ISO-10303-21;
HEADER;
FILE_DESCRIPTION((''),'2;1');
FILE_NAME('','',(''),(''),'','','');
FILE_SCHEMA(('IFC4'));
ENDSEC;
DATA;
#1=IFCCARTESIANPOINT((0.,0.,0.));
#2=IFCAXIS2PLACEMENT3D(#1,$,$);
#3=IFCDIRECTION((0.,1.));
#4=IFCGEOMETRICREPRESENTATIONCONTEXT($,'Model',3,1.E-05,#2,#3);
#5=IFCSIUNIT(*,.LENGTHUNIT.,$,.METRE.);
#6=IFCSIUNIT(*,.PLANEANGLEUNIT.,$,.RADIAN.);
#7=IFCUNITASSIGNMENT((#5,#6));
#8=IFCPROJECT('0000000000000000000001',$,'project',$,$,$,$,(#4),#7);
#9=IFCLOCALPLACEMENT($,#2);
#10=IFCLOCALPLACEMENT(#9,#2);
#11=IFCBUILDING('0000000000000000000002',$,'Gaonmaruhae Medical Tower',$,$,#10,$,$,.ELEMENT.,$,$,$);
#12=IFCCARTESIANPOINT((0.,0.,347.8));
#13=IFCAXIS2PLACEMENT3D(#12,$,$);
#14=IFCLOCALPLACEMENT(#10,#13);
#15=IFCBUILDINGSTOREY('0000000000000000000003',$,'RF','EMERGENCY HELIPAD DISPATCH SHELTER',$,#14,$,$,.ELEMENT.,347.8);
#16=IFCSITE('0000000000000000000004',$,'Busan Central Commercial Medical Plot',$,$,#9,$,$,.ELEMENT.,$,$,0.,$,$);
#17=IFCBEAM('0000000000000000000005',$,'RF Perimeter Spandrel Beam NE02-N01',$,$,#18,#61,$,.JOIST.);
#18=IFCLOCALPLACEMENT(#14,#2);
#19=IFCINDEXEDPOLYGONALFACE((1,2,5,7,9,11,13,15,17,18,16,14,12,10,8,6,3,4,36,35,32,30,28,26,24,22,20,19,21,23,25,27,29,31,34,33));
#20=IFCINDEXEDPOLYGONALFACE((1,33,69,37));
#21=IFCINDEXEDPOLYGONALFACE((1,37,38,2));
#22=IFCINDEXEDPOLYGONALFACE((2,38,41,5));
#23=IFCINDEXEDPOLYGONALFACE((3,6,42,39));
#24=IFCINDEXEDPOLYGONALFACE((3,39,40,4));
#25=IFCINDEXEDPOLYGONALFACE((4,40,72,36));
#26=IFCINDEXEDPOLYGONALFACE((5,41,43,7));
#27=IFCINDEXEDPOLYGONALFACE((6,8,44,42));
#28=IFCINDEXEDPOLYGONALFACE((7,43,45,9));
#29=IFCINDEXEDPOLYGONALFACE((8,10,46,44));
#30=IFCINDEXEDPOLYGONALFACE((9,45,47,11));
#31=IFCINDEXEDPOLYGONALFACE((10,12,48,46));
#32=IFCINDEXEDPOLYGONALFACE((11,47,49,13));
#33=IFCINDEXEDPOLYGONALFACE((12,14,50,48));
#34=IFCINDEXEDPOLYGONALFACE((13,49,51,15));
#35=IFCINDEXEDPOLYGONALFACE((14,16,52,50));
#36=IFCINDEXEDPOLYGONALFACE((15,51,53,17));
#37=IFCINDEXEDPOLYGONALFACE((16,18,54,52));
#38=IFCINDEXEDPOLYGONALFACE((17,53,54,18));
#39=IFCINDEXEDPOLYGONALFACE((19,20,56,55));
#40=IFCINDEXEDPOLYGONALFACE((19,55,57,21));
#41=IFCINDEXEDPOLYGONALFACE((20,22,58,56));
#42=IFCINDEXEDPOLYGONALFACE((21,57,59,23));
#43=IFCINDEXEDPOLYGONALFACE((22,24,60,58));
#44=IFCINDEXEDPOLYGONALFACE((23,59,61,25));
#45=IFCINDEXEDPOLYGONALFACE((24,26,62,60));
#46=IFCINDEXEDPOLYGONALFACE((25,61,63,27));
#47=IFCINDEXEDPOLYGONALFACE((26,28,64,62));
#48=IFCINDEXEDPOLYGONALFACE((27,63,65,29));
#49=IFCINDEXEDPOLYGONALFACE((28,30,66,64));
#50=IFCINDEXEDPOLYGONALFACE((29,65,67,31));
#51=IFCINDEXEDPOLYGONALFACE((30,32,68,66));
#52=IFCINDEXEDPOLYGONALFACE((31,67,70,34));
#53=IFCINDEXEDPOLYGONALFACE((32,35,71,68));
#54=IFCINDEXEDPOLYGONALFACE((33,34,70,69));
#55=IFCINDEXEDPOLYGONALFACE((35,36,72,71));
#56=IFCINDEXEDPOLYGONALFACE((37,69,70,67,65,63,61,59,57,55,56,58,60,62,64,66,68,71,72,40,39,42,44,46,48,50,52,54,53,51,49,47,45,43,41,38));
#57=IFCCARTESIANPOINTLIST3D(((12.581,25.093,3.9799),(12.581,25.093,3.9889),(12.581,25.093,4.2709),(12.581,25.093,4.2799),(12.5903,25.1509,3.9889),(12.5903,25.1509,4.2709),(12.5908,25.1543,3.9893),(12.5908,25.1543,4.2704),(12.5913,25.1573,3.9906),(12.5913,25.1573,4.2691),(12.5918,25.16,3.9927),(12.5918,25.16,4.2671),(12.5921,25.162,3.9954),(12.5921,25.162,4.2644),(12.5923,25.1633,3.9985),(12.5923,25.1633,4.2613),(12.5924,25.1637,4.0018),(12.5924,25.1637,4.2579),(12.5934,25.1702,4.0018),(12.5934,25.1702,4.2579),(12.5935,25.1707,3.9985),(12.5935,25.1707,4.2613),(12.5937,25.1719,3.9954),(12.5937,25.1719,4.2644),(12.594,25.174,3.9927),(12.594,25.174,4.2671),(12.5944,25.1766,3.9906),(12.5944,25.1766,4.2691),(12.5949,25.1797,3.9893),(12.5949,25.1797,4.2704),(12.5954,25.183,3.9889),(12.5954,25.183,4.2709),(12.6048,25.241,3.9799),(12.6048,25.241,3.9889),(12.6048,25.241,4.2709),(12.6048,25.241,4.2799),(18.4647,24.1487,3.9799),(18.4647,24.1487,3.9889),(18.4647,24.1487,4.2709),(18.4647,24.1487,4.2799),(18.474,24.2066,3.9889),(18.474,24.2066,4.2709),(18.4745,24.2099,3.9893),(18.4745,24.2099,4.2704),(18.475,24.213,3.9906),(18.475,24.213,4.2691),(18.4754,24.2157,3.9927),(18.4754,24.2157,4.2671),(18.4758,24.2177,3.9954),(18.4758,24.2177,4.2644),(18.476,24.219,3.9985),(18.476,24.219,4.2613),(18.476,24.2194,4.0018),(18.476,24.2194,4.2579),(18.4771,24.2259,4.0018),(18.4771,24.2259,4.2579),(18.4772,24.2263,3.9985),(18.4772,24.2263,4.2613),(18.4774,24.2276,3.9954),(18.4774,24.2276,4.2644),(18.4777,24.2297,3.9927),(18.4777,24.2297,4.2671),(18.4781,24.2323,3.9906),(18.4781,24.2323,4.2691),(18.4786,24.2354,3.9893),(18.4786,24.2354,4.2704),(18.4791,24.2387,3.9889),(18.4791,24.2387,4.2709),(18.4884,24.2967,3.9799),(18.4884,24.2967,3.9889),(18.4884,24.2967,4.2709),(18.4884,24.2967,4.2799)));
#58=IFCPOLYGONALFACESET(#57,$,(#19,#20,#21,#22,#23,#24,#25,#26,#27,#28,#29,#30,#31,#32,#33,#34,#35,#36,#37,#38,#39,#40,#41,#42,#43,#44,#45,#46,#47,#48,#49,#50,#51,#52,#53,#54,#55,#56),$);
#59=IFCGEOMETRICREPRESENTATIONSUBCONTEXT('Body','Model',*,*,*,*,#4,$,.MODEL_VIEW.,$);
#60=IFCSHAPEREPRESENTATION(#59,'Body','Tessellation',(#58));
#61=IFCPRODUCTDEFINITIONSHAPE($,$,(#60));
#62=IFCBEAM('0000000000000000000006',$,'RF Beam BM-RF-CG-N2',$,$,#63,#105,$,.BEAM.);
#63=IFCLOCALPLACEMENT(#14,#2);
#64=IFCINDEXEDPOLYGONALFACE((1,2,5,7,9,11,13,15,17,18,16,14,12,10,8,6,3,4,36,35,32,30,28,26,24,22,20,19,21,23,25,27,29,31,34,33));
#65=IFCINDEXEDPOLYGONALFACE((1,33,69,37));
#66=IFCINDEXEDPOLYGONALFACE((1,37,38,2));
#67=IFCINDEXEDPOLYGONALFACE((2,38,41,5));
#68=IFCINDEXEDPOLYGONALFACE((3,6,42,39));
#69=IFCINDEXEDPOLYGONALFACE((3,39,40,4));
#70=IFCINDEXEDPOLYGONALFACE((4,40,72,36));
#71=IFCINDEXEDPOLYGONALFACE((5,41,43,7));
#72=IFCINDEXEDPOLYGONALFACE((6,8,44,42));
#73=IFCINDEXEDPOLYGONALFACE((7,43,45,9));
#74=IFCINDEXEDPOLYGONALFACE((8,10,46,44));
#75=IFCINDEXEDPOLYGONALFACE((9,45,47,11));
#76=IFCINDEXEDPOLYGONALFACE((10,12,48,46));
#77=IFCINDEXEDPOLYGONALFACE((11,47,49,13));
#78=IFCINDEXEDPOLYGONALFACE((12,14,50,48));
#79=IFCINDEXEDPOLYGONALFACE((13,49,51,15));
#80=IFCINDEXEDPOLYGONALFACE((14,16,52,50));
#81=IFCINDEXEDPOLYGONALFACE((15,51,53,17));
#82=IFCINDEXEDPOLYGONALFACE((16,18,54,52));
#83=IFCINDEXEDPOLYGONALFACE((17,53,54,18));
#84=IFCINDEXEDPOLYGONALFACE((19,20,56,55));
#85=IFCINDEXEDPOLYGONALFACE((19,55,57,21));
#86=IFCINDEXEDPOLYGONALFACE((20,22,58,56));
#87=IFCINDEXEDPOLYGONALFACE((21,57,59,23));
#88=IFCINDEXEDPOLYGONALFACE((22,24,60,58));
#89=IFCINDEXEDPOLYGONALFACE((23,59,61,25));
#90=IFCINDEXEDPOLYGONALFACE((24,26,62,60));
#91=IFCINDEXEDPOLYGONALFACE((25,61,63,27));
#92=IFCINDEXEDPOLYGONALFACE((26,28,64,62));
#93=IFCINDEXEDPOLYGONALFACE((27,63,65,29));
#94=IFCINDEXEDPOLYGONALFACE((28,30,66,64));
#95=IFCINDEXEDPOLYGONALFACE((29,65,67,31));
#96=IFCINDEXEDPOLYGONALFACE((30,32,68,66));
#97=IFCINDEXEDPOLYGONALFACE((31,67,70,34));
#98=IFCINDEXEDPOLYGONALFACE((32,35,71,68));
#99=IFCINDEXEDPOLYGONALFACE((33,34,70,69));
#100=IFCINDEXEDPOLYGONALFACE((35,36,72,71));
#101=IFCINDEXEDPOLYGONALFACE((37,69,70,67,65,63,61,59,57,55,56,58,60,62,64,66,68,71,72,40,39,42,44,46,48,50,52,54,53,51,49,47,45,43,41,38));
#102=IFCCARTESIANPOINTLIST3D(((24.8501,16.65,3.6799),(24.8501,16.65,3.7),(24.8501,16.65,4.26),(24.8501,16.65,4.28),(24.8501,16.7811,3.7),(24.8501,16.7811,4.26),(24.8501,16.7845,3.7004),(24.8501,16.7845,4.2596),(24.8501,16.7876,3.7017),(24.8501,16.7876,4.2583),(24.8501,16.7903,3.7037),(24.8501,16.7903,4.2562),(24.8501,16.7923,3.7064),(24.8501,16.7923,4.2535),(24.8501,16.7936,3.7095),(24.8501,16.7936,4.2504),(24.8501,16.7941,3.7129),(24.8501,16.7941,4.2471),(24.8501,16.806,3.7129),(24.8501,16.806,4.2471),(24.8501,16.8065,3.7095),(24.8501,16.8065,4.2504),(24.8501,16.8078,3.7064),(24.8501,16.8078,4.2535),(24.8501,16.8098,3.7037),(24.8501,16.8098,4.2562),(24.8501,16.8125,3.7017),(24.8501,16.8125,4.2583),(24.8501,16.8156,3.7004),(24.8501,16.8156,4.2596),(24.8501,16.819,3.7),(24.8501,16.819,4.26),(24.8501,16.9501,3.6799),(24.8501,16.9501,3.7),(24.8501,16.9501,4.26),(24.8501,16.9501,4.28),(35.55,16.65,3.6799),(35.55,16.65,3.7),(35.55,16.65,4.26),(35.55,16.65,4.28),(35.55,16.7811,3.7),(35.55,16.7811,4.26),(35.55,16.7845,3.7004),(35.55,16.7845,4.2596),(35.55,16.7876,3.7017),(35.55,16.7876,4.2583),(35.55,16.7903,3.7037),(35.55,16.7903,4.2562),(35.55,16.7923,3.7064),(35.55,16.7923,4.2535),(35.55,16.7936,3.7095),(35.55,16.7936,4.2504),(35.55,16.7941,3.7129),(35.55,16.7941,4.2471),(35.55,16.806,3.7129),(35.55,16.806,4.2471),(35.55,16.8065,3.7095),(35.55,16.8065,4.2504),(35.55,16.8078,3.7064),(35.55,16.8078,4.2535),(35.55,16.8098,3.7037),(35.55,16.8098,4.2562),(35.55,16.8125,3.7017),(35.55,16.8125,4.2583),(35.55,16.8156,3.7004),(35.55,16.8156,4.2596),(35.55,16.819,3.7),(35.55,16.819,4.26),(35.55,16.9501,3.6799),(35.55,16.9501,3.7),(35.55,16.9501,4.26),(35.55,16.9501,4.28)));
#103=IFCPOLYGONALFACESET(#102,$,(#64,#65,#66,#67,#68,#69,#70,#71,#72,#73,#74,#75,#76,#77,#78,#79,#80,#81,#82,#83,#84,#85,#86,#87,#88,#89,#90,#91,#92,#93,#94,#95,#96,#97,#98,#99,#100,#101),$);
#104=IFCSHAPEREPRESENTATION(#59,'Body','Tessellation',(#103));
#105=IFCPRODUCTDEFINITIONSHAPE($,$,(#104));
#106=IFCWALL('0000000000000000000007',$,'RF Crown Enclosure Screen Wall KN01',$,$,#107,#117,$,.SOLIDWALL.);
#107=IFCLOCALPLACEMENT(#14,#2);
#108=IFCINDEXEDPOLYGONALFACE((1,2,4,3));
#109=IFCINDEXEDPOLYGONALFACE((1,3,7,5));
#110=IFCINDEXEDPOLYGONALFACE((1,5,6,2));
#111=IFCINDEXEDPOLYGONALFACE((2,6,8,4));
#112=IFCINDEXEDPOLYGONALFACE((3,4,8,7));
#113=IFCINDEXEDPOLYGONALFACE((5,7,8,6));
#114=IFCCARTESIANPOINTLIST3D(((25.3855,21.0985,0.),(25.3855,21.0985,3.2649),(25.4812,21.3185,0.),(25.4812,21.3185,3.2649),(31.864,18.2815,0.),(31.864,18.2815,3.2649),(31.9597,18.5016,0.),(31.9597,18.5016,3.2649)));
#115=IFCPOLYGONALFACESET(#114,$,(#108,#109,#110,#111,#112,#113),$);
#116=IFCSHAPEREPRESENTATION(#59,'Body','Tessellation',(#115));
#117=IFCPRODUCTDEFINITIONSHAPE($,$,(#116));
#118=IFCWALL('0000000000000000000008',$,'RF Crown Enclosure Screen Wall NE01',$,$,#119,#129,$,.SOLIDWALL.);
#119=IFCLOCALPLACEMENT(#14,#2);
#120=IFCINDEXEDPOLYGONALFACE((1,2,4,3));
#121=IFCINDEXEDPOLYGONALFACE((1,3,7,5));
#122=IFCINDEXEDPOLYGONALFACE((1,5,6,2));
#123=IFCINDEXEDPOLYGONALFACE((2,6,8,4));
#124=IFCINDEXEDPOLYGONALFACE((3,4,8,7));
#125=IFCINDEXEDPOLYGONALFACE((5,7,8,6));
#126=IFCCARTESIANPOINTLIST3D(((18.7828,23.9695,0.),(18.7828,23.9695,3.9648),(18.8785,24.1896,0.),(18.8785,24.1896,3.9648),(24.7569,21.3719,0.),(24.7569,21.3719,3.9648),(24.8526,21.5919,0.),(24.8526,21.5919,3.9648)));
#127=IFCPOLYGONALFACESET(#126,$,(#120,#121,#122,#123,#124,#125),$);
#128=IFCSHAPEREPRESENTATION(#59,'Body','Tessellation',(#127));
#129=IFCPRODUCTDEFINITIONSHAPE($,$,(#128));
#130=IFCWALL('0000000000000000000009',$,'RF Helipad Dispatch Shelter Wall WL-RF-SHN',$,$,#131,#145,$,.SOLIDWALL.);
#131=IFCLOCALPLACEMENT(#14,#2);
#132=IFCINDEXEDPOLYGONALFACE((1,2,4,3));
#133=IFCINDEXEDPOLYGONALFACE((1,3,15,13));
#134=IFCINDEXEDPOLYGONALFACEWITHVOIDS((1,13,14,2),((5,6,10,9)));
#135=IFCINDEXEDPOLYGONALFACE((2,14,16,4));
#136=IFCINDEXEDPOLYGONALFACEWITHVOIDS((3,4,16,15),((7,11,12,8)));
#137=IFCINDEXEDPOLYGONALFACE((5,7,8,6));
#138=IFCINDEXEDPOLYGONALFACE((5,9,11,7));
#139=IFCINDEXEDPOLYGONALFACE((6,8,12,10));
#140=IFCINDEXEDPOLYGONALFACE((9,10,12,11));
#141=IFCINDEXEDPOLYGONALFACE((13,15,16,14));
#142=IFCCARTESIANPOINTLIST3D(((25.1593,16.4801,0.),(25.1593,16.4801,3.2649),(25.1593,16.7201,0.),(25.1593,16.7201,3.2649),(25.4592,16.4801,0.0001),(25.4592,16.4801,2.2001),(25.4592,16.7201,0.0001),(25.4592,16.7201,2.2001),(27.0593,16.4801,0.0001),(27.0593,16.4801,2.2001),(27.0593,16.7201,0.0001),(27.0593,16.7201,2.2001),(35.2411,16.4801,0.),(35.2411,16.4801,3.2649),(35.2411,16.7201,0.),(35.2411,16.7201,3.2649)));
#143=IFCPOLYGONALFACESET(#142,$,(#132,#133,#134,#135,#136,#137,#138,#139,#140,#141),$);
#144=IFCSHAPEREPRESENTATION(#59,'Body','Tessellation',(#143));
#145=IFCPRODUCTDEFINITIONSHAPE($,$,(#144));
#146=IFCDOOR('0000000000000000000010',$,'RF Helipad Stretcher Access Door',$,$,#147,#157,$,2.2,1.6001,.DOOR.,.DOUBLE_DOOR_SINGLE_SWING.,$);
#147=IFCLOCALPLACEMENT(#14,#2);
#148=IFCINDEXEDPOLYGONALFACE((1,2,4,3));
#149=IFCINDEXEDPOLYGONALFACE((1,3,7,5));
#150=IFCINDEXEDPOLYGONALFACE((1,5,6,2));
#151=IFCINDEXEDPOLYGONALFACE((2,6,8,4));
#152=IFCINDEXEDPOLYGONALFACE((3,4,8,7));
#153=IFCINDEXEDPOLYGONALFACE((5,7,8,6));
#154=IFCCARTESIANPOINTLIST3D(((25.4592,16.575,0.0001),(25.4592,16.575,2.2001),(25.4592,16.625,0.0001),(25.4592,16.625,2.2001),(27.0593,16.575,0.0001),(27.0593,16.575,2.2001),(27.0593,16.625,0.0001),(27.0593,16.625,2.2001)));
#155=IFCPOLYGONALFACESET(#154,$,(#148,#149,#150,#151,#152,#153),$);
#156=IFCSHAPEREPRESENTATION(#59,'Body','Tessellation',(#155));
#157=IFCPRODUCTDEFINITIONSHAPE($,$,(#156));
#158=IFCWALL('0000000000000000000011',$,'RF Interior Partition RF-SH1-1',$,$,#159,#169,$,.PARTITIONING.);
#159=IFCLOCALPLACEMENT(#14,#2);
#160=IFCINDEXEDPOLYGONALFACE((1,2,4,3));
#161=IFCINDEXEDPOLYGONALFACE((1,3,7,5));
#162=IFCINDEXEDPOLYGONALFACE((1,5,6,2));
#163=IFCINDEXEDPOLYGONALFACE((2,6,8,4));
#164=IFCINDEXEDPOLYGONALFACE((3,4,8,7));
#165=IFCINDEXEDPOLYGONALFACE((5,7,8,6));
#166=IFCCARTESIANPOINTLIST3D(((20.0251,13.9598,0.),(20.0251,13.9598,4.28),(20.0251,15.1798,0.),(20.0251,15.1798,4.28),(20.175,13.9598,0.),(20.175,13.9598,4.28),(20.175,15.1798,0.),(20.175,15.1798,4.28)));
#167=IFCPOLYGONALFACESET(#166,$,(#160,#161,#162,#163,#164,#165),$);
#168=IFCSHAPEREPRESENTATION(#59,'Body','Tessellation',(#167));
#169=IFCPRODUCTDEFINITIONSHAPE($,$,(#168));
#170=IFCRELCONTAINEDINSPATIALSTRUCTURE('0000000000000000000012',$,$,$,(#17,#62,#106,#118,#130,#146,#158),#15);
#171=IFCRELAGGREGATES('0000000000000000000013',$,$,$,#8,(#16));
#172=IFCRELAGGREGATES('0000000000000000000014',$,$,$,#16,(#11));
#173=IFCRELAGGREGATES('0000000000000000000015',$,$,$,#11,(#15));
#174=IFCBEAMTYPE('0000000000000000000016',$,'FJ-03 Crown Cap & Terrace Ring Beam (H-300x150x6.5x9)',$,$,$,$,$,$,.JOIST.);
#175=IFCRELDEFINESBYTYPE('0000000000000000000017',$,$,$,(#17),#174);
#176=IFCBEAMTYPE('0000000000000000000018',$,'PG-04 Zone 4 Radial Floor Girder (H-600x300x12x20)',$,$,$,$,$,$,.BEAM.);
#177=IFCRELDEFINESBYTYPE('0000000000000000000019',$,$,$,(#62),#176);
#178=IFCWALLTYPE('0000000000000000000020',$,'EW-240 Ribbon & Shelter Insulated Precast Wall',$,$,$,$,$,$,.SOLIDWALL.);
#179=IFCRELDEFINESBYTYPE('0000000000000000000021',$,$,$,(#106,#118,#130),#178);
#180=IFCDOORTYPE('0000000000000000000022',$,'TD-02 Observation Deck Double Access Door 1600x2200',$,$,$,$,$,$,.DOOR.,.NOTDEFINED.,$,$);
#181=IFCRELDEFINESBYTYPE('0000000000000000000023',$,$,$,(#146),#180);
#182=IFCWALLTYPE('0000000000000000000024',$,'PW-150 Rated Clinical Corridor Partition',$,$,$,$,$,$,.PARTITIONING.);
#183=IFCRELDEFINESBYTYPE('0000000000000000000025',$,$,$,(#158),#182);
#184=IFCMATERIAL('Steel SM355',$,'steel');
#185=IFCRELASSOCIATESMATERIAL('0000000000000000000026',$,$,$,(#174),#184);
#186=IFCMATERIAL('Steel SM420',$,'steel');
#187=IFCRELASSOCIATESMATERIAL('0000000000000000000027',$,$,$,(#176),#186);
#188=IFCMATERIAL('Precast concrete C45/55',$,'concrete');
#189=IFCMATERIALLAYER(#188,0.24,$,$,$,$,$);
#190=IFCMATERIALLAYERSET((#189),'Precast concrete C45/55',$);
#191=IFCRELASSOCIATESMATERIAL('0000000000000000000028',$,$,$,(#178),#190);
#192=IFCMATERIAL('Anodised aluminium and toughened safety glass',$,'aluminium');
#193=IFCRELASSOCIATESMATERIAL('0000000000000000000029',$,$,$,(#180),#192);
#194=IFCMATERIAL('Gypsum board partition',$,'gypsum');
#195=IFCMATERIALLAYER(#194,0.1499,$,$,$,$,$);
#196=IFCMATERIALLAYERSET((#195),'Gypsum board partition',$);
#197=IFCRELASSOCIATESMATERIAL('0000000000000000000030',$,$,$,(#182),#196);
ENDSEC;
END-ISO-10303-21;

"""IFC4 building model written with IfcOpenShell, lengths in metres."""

from ifc_helpers import new_model, si_unit, direction, frame, frame_2d, origin, origin_2d, place, context, subcontext, project, spatial, rectangle, i_section, extrude, material, layer, layer_set, material_profile, profile_set, type_object, element, fill, save


model = new_model("IFC4")

# Units and contexts
model_context = context("Model", 3, precision=1e-05, world=origin(), true_north=direction((0.0, 1.0)))
body_context = subcontext(model_context, "Body", "Model", "MODEL_VIEW")
ifc_project = project(units=[si_unit("LENGTHUNIT", "METRE"), si_unit("PLANEANGLEUNIT", "RADIAN")], contexts=[model_context])

# Site, building, storey
site_placement = place(None, origin())
site = spatial("IfcSite", under=ifc_project, at=site_placement, Name="Busan Central Commercial Medical Plot", CompositionType="ELEMENT", RefElevation=0.0)
building_placement = place(site_placement, origin())
building = spatial("IfcBuilding", under=site, at=building_placement, Name="Gaonmaruhae Medical Tower", CompositionType="ELEMENT")
storey_placement = place(building_placement, frame((0.0, 0.0, 347.8)))
storey = spatial("IfcBuildingStorey", under=building, at=storey_placement, Name="RF", Description="EMERGENCY HELIPAD DISPATCH SHELTER", CompositionType="ELEMENT", Elevation=347.8)

# Shared definitions
ifc_material_1 = material(Name="Steel SM420", Category="steel")

# Beams
ifc_material_2 = material(Name="Steel SM355", Category="steel")
ifc_material_profile_1 = material_profile(ifc_material_2, i_section(OverallWidth=0.1499, OverallDepth=0.3, WebThickness=0.0066, FlangeThickness=0.009, FilletRadius=0.0129, at=origin_2d()), Name="H-300x150x6.5x9")
ifc_profile_set_1 = profile_set([ifc_material_profile_1], Name="Steel SM355")
beam_type_1 = type_object("IfcBeamType", Name="FJ-03 Crown Cap & Terrace Ring Beam (H-300x150x6.5x9)", PredefinedType="JOIST", material=ifc_profile_set_1)
beam_1_placement = place(storey_placement, frame((18.4766, 24.2227, 4.1299), z_axis=(-0.987364, 0.15847, 0.0), x_axis=(-0.15847, -0.987364, 0.0)))
element("IfcBeam", 1, at=beam_1_placement, inside=storey, type_object=beam_type_1, Name="RF Perimeter Spandrel Beam NE02-N01", PredefinedType="JOIST", context=body_context, shape_type="SweptSolid", body=[
    extrude(i_section(OverallWidth=0.1499, OverallDepth=0.3, WebThickness=0.0066, FlangeThickness=0.009, FilletRadius=0.0129, at=origin_2d()), origin(), (0.0, 0.0, 1.0), 5.959),
])
ifc_material_profile_2 = material_profile(ifc_material_1, i_section(OverallWidth=0.3, OverallDepth=0.6001, WebThickness=0.012, FlangeThickness=0.02, FilletRadius=0.0129, at=origin_2d()), Name="H-600x300x12x20")
ifc_profile_set_2 = profile_set([ifc_material_profile_2], Name="Steel SM420")
beam_type_2 = type_object("IfcBeamType", Name="PG-04 Zone 4 Radial Floor Girder (H-600x300x12x20)", PredefinedType="BEAM", material=ifc_profile_set_2)
beam_2_placement = place(storey_placement, frame((24.8501, 16.8, 3.98), z_axis=(1.0, 0.0, 0.0), x_axis=(0.0, 1.0, 0.0)))
element("IfcBeam", 2, at=beam_2_placement, inside=storey, type_object=beam_type_2, Name="RF Beam BM-RF-CG-N2", PredefinedType="BEAM", context=body_context, shape_type="SweptSolid", body=[
    extrude(i_section(OverallWidth=0.3, OverallDepth=0.6001, WebThickness=0.012, FlangeThickness=0.02, FilletRadius=0.0129, at=origin_2d()), origin(), (0.0, 0.0, 1.0), 10.7),
])

# Walls
ifc_material_3 = material(Name="Precast concrete C45/55", Category="concrete")
ifc_layer_1 = layer(ifc_material_3, 0.24)
ifc_layer_set_1 = layer_set([ifc_layer_1], Name="Precast concrete C45/55")
wall_type_1 = type_object("IfcWallType", Name="EW-240 Ribbon & Shelter Insulated Precast Wall", PredefinedType="SOLIDWALL", material=ifc_layer_set_1)
wall_1_placement = place(storey_placement, frame((25.4333, 21.2085, 0.0), z_axis=(0.0, 0.0, 1.0), x_axis=(0.917062, -0.398744, 0.0)))
element("IfcWall", 3, at=wall_1_placement, inside=storey, type_object=wall_type_1, Name="RF Crown Enclosure Screen Wall KN01", PredefinedType="SOLIDWALL", context=body_context, shape_type="SweptSolid", body=[
    extrude(rectangle(XDim=7.0645, YDim=0.24, at=frame_2d((3.5322, 0.0))), origin(), (0.0, 0.0, 1.0), 3.2649),
])
wall_2_placement = place(storey_placement, frame((18.8306, 24.0796, 0.0), z_axis=(0.0, 0.0, 1.0), x_axis=(0.917058, -0.398754, 0.0)))
element("IfcWall", 4, at=wall_2_placement, inside=storey, type_object=wall_type_1, Name="RF Crown Enclosure Screen Wall NE01", PredefinedType="SOLIDWALL", context=body_context, shape_type="SweptSolid", body=[
    extrude(rectangle(XDim=6.5144, YDim=0.24, at=frame_2d((3.2573, 0.0))), origin(), (0.0, 0.0, 1.0), 3.9648),
])

# Wall, opening, door
wall_3_placement = place(storey_placement, frame((25.1592, 16.6001, 0.0), z_axis=(0.0, 0.0, 1.0), x_axis=(1.0, 0.0, 0.0)))
wall_3 = element("IfcWall", 5, at=wall_3_placement, inside=storey, type_object=wall_type_1, Name="RF Helipad Dispatch Shelter Wall WL-RF-SHN", PredefinedType="SOLIDWALL", context=body_context, shape_type="SweptSolid", body=[
    extrude(rectangle(XDim=10.0818, YDim=0.24, at=frame_2d((5.041, 0.0))), origin(), (0.0, 0.0, 1.0), 3.2649),
])
opening_1_placement = place(wall_3_placement, frame((0.3, 0.0, 0.0)))
opening_1 = element("IfcOpeningElement", 6, at=opening_1_placement, cuts=wall_3, PredefinedType="OPENING", context=body_context, shape_type="SweptSolid", body=[
    extrude(rectangle(XDim=1.6001, YDim=2.2, at=frame_2d((0.8, 1.1001))), frame((0.0, 0.1299, 0.0), z_axis=(0.0, -1.0, 0.0), x_axis=(1.0, 0.0, 0.0)), (0.0, 0.0, 1.0), 0.26),
])
ifc_material_4 = material(Name="Anodised aluminium and toughened safety glass", Category="aluminium")
door_type_1 = type_object("IfcDoorType", Name="TD-02 Observation Deck Double Access Door 1600x2200", OperationType="NOTDEFINED", PredefinedType="DOOR", material=ifc_material_4)
door_1_placement = place(opening_1_placement, origin())
door_1 = element("IfcDoor", 7, at=door_1_placement, inside=storey, type_object=door_type_1, Name="RF Helipad Stretcher Access Door", OperationType="DOUBLE_DOOR_SINGLE_SWING", OverallHeight=2.2, OverallWidth=1.6001, PredefinedType="DOOR", context=body_context, shape_type="SweptSolid", body=[
    extrude(rectangle(XDim=1.6001, YDim=2.2, at=frame_2d((0.8, 1.1001))), frame((0.0, 0.0249, 0.0), z_axis=(0.0, -1.0, 0.0), x_axis=(1.0, 0.0, 0.0)), (0.0, 0.0, 1.0), 0.05),
])
fill(opening_1, door_1)

# Wall
ifc_material_5 = material(Name="Gypsum board partition", Category="gypsum")
ifc_layer_2 = layer(ifc_material_5, 0.1499)
ifc_layer_set_2 = layer_set([ifc_layer_2], Name="Gypsum board partition")
wall_type_2 = type_object("IfcWallType", Name="PW-150 Rated Clinical Corridor Partition", PredefinedType="PARTITIONING", material=ifc_layer_set_2)
wall_4_placement = place(storey_placement, frame((20.1001, 13.96, 0.0), z_axis=(0.0, 0.0, 1.0), x_axis=(0.0, 1.0, 0.0)))
element("IfcWall", 8, at=wall_4_placement, inside=storey, type_object=wall_type_2, Name="RF Interior Partition RF-SH1-1", PredefinedType="PARTITIONING", context=body_context, shape_type="SweptSolid", body=[
    extrude(rectangle(XDim=1.22, YDim=0.1499, at=frame_2d((0.6099, 0.0))), origin(), (0.0, 0.0, 1.0), 4.28),
])

save(model, "model.ifc")
